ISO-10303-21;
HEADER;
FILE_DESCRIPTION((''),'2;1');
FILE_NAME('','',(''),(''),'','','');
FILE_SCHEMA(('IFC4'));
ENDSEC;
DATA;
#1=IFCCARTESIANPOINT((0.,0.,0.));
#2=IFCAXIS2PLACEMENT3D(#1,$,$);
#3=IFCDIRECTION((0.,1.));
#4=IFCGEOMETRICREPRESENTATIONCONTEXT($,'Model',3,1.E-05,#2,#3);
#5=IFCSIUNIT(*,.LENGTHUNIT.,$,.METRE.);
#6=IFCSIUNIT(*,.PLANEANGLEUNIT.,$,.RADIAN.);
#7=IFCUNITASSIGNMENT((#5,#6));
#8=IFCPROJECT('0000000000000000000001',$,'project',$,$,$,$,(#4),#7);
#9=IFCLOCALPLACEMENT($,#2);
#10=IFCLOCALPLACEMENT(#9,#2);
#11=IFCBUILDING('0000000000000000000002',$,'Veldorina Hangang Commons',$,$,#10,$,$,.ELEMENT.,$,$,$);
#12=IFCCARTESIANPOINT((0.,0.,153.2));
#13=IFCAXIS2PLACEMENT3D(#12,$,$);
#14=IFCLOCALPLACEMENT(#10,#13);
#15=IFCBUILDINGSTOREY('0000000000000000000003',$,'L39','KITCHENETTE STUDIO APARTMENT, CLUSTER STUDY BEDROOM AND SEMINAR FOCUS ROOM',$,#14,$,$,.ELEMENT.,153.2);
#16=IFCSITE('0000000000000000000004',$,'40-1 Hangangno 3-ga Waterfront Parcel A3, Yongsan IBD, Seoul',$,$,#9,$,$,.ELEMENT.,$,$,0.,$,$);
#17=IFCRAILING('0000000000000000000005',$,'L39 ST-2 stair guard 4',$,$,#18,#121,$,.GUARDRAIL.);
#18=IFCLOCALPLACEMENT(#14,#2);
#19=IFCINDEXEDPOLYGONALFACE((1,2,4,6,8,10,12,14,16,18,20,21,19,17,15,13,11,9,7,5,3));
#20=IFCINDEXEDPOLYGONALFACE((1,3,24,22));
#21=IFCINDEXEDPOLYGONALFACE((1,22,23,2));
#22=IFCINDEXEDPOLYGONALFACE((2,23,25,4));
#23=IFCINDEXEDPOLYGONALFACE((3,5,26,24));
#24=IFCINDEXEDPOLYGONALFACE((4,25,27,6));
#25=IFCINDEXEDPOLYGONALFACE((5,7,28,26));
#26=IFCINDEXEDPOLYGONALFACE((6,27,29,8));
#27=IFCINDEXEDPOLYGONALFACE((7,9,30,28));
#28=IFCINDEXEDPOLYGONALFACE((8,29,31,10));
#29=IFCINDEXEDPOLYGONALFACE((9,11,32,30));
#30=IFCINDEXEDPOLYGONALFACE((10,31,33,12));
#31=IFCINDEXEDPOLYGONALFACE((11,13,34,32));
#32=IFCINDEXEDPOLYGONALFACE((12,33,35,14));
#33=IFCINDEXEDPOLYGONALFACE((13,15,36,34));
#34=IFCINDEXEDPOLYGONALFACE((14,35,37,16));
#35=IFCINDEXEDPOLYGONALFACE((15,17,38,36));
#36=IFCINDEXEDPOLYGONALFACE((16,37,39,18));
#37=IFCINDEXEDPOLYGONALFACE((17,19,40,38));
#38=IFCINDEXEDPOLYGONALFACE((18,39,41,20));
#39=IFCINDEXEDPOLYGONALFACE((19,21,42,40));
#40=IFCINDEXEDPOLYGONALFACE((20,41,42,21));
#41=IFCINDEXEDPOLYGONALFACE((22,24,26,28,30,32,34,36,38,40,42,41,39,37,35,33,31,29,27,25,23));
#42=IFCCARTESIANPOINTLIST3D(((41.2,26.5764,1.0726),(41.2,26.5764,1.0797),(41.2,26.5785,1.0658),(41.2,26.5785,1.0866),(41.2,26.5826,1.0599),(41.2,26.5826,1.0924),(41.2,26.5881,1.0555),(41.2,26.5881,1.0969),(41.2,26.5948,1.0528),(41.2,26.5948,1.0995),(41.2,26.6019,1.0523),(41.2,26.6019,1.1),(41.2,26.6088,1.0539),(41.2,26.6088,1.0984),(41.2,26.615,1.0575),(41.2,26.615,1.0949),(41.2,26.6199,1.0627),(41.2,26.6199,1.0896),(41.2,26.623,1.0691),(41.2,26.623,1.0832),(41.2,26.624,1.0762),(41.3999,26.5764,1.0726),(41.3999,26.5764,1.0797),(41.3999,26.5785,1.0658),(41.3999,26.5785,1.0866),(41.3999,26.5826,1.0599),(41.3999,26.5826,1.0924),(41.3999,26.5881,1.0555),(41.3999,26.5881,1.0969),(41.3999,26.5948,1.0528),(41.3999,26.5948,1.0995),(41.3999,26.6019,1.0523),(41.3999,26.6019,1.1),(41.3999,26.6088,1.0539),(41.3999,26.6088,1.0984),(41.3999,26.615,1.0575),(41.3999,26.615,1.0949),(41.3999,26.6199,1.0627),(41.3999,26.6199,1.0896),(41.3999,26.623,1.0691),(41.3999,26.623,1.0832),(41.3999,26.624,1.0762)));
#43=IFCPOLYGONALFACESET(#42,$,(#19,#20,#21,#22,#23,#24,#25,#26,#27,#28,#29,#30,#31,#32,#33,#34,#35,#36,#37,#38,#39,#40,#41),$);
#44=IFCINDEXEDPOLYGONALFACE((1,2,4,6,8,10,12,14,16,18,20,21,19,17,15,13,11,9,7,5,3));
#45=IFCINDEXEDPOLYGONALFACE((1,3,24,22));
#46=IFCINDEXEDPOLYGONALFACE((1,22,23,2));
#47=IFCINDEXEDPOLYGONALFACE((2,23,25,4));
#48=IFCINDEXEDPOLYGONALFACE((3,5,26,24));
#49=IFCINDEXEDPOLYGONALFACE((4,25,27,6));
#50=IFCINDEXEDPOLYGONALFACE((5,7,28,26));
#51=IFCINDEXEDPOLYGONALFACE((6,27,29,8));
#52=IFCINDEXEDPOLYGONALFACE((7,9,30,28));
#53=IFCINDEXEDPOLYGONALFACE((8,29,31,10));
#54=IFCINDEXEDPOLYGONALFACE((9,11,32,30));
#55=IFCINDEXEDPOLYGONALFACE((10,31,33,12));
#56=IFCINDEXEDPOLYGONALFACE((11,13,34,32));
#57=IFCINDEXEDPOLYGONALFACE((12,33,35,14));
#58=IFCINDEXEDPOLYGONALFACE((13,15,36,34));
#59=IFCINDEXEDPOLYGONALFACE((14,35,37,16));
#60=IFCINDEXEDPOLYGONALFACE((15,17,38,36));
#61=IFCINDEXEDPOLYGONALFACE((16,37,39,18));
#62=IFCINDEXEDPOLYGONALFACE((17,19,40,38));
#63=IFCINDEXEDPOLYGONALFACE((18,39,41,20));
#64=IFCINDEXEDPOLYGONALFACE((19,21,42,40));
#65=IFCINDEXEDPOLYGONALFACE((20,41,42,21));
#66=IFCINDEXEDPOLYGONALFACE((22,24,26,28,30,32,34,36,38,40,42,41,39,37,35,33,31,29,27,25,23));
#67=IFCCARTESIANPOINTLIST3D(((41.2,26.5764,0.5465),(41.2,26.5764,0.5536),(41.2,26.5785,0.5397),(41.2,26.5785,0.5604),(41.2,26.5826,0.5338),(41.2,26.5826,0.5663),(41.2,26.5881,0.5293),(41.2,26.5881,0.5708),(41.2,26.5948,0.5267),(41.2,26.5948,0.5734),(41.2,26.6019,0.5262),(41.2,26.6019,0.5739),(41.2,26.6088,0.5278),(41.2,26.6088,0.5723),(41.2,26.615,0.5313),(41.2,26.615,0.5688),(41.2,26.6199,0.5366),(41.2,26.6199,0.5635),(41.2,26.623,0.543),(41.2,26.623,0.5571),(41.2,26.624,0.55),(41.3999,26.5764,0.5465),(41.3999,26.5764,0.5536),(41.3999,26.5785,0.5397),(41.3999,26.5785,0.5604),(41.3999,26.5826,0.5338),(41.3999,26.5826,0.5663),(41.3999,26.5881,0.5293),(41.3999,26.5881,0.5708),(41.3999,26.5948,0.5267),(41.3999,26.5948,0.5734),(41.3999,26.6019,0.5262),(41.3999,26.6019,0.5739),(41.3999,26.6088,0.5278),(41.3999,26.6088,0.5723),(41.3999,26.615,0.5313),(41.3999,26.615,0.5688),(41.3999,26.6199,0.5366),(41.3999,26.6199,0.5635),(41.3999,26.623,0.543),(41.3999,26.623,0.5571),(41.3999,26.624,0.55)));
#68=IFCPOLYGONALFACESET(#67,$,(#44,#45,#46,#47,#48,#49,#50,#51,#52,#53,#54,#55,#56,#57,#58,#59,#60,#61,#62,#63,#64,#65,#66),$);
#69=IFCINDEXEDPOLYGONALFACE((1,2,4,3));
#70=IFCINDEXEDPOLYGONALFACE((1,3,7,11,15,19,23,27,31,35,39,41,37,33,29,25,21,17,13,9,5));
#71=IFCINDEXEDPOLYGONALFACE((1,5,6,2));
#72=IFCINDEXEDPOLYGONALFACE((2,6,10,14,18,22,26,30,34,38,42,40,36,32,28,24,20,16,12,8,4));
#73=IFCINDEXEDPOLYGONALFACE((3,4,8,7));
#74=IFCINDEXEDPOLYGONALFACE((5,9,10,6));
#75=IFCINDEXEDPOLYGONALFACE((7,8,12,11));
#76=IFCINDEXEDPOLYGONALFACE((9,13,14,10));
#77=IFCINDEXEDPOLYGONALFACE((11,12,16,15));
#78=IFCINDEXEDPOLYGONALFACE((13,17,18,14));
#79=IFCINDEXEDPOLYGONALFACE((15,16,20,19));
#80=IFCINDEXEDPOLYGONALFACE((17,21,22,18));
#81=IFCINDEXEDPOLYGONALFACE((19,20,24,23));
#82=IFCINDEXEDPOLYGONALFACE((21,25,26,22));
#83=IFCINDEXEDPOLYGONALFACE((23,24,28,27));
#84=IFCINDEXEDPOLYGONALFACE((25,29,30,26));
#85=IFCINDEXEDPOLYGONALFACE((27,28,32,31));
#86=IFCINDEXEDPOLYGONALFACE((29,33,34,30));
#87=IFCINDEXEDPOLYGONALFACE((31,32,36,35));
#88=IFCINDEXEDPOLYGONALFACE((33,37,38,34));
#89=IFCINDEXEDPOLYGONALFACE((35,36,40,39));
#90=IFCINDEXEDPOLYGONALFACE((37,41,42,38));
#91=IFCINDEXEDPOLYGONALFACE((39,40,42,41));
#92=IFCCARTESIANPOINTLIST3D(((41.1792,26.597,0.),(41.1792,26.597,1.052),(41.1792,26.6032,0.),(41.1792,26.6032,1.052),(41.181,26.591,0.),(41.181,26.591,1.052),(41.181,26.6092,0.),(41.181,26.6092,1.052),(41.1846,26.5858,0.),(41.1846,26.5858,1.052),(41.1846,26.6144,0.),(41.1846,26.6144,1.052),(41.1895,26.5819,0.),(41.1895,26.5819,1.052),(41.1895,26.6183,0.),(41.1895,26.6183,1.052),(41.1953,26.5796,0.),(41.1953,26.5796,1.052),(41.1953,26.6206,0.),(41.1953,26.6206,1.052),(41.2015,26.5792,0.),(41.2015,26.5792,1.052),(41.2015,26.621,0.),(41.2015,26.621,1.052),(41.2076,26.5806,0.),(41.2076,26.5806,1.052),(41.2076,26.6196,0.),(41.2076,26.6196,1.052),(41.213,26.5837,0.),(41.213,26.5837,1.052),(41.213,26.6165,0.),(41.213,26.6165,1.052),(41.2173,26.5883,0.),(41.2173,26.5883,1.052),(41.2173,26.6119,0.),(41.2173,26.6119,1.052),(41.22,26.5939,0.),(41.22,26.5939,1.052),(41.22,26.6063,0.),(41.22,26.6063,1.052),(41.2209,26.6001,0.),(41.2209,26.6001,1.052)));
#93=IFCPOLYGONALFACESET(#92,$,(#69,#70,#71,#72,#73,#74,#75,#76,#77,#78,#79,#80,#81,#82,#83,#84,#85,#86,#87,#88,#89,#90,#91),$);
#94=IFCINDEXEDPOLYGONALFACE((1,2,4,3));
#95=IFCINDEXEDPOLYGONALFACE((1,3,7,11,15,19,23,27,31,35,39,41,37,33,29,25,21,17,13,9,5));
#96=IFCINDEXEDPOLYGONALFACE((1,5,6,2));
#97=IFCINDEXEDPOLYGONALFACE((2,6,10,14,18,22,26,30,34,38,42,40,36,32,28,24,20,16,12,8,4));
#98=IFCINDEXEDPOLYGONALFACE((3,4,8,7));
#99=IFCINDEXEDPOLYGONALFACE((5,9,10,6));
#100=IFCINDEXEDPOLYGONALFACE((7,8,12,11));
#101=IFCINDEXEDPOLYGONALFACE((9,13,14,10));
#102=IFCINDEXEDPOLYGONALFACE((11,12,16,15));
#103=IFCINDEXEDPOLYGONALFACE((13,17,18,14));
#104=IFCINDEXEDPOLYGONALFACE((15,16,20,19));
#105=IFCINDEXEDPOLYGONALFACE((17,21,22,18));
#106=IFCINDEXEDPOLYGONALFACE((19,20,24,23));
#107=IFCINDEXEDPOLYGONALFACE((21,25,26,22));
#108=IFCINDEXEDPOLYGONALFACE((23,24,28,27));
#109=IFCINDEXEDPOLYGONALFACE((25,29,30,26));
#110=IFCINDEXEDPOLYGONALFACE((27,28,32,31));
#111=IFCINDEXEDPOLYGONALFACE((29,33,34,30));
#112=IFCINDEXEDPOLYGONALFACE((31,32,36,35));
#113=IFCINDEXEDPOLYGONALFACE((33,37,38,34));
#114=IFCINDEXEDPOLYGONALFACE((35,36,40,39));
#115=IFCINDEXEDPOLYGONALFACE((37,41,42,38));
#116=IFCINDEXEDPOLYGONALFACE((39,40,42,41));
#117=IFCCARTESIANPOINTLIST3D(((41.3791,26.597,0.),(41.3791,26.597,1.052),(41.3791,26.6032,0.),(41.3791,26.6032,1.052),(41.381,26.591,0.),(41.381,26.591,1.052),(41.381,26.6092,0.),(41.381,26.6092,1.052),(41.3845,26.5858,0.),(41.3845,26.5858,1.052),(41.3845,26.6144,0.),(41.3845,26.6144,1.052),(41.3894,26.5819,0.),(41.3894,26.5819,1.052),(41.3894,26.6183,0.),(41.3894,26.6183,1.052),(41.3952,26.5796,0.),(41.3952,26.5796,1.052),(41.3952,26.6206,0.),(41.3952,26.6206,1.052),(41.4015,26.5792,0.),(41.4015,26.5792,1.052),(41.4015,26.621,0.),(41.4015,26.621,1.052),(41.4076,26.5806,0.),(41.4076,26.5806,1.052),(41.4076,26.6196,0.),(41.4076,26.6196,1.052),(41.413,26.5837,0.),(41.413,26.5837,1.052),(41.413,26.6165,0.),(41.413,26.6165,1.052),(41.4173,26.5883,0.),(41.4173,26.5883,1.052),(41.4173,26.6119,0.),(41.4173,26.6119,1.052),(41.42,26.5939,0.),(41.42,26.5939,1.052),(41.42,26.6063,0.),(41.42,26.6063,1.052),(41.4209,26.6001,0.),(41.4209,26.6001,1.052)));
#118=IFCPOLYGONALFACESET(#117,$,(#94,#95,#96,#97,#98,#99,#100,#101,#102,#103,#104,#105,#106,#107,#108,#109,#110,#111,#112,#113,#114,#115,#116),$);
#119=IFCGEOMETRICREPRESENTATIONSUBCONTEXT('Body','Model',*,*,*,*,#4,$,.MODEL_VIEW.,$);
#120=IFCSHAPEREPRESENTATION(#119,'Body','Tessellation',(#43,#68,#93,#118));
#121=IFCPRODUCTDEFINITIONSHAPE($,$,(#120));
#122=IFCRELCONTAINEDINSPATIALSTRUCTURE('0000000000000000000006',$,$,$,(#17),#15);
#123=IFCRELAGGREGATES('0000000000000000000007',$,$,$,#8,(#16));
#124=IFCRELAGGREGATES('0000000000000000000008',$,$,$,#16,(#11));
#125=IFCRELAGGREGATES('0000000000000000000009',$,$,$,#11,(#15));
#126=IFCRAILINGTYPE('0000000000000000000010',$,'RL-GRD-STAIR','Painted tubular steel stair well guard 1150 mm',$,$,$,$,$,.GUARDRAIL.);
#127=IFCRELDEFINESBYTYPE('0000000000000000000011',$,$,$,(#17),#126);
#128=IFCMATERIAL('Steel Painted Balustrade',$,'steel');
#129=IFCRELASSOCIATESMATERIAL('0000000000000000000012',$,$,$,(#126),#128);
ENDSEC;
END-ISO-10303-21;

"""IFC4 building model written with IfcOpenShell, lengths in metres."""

from ifc_helpers import new_model, si_unit, direction, frame, origin, origin_2d, place, context, subcontext, project, spatial, circle, extrude, material, type_object, element, save


model = new_model("IFC4")

# Units and contexts
model_context = context("Model", 3, precision=1e-05, world=origin(), true_north=direction((0.0, 1.0)))
body_context = subcontext(model_context, "Body", "Model", "MODEL_VIEW")
ifc_project = project(units=[si_unit("LENGTHUNIT", "METRE"), si_unit("PLANEANGLEUNIT", "RADIAN")], contexts=[model_context])

# Site, building, storey
site_placement = place(None, origin())
site = spatial("IfcSite", under=ifc_project, at=site_placement, Name="40-1 Hangangno 3-ga Waterfront Parcel A3, Yongsan IBD, Seoul", CompositionType="ELEMENT", RefElevation=0.0)
building_placement = place(site_placement, origin())
building = spatial("IfcBuilding", under=site, at=building_placement, Name="Veldorina Hangang Commons", CompositionType="ELEMENT")
storey_placement = place(building_placement, frame((0.0, 0.0, 153.2)))
storey = spatial("IfcBuildingStorey", under=building, at=storey_placement, Name="L39", Description="KITCHENETTE STUDIO APARTMENT, CLUSTER STUDY BEDROOM AND SEMINAR FOCUS ROOM", CompositionType="ELEMENT", Elevation=153.2)

# Railing
ifc_material_1 = material(Name="Steel Painted Balustrade", Category="steel")
railing_type_1 = type_object("IfcRailingType", Name="RL-GRD-STAIR", Description="Painted tubular steel stair well guard 1150 mm", PredefinedType="GUARDRAIL", material=ifc_material_1)
railing_1_placement = place(storey_placement, frame((41.2, 26.6001, 0.0)))
element("IfcRailing", 1, at=railing_1_placement, inside=storey, type_object=railing_type_1, Name="L39 ST-2 stair guard 4", PredefinedType="GUARDRAIL", context=body_context, shape_type="SweptSolid", body=[
    extrude(circle(Radius=0.0239, at=origin_2d()), frame((0.0, 0.0, 1.0762), z_axis=(1.0, 0.0, 0.0), x_axis=(0.0, 1.0, 0.0)), (0.0, 0.0, 1.0), 0.2),
    extrude(circle(Radius=0.0239, at=origin_2d()), frame((0.0, 0.0, 0.55), z_axis=(1.0, 0.0, 0.0), x_axis=(0.0, 1.0, 0.0)), (0.0, 0.0, 1.0), 0.2),
    extrude(circle(Radius=0.021, at=origin_2d()), origin(), (0.0, 0.0, 1.0), 1.052),
    extrude(circle(Radius=0.021, at=origin_2d()), frame((0.2, 0.0, 0.0)), (0.0, 0.0, 1.0), 1.052),
])

save(model, "model.ifc")
